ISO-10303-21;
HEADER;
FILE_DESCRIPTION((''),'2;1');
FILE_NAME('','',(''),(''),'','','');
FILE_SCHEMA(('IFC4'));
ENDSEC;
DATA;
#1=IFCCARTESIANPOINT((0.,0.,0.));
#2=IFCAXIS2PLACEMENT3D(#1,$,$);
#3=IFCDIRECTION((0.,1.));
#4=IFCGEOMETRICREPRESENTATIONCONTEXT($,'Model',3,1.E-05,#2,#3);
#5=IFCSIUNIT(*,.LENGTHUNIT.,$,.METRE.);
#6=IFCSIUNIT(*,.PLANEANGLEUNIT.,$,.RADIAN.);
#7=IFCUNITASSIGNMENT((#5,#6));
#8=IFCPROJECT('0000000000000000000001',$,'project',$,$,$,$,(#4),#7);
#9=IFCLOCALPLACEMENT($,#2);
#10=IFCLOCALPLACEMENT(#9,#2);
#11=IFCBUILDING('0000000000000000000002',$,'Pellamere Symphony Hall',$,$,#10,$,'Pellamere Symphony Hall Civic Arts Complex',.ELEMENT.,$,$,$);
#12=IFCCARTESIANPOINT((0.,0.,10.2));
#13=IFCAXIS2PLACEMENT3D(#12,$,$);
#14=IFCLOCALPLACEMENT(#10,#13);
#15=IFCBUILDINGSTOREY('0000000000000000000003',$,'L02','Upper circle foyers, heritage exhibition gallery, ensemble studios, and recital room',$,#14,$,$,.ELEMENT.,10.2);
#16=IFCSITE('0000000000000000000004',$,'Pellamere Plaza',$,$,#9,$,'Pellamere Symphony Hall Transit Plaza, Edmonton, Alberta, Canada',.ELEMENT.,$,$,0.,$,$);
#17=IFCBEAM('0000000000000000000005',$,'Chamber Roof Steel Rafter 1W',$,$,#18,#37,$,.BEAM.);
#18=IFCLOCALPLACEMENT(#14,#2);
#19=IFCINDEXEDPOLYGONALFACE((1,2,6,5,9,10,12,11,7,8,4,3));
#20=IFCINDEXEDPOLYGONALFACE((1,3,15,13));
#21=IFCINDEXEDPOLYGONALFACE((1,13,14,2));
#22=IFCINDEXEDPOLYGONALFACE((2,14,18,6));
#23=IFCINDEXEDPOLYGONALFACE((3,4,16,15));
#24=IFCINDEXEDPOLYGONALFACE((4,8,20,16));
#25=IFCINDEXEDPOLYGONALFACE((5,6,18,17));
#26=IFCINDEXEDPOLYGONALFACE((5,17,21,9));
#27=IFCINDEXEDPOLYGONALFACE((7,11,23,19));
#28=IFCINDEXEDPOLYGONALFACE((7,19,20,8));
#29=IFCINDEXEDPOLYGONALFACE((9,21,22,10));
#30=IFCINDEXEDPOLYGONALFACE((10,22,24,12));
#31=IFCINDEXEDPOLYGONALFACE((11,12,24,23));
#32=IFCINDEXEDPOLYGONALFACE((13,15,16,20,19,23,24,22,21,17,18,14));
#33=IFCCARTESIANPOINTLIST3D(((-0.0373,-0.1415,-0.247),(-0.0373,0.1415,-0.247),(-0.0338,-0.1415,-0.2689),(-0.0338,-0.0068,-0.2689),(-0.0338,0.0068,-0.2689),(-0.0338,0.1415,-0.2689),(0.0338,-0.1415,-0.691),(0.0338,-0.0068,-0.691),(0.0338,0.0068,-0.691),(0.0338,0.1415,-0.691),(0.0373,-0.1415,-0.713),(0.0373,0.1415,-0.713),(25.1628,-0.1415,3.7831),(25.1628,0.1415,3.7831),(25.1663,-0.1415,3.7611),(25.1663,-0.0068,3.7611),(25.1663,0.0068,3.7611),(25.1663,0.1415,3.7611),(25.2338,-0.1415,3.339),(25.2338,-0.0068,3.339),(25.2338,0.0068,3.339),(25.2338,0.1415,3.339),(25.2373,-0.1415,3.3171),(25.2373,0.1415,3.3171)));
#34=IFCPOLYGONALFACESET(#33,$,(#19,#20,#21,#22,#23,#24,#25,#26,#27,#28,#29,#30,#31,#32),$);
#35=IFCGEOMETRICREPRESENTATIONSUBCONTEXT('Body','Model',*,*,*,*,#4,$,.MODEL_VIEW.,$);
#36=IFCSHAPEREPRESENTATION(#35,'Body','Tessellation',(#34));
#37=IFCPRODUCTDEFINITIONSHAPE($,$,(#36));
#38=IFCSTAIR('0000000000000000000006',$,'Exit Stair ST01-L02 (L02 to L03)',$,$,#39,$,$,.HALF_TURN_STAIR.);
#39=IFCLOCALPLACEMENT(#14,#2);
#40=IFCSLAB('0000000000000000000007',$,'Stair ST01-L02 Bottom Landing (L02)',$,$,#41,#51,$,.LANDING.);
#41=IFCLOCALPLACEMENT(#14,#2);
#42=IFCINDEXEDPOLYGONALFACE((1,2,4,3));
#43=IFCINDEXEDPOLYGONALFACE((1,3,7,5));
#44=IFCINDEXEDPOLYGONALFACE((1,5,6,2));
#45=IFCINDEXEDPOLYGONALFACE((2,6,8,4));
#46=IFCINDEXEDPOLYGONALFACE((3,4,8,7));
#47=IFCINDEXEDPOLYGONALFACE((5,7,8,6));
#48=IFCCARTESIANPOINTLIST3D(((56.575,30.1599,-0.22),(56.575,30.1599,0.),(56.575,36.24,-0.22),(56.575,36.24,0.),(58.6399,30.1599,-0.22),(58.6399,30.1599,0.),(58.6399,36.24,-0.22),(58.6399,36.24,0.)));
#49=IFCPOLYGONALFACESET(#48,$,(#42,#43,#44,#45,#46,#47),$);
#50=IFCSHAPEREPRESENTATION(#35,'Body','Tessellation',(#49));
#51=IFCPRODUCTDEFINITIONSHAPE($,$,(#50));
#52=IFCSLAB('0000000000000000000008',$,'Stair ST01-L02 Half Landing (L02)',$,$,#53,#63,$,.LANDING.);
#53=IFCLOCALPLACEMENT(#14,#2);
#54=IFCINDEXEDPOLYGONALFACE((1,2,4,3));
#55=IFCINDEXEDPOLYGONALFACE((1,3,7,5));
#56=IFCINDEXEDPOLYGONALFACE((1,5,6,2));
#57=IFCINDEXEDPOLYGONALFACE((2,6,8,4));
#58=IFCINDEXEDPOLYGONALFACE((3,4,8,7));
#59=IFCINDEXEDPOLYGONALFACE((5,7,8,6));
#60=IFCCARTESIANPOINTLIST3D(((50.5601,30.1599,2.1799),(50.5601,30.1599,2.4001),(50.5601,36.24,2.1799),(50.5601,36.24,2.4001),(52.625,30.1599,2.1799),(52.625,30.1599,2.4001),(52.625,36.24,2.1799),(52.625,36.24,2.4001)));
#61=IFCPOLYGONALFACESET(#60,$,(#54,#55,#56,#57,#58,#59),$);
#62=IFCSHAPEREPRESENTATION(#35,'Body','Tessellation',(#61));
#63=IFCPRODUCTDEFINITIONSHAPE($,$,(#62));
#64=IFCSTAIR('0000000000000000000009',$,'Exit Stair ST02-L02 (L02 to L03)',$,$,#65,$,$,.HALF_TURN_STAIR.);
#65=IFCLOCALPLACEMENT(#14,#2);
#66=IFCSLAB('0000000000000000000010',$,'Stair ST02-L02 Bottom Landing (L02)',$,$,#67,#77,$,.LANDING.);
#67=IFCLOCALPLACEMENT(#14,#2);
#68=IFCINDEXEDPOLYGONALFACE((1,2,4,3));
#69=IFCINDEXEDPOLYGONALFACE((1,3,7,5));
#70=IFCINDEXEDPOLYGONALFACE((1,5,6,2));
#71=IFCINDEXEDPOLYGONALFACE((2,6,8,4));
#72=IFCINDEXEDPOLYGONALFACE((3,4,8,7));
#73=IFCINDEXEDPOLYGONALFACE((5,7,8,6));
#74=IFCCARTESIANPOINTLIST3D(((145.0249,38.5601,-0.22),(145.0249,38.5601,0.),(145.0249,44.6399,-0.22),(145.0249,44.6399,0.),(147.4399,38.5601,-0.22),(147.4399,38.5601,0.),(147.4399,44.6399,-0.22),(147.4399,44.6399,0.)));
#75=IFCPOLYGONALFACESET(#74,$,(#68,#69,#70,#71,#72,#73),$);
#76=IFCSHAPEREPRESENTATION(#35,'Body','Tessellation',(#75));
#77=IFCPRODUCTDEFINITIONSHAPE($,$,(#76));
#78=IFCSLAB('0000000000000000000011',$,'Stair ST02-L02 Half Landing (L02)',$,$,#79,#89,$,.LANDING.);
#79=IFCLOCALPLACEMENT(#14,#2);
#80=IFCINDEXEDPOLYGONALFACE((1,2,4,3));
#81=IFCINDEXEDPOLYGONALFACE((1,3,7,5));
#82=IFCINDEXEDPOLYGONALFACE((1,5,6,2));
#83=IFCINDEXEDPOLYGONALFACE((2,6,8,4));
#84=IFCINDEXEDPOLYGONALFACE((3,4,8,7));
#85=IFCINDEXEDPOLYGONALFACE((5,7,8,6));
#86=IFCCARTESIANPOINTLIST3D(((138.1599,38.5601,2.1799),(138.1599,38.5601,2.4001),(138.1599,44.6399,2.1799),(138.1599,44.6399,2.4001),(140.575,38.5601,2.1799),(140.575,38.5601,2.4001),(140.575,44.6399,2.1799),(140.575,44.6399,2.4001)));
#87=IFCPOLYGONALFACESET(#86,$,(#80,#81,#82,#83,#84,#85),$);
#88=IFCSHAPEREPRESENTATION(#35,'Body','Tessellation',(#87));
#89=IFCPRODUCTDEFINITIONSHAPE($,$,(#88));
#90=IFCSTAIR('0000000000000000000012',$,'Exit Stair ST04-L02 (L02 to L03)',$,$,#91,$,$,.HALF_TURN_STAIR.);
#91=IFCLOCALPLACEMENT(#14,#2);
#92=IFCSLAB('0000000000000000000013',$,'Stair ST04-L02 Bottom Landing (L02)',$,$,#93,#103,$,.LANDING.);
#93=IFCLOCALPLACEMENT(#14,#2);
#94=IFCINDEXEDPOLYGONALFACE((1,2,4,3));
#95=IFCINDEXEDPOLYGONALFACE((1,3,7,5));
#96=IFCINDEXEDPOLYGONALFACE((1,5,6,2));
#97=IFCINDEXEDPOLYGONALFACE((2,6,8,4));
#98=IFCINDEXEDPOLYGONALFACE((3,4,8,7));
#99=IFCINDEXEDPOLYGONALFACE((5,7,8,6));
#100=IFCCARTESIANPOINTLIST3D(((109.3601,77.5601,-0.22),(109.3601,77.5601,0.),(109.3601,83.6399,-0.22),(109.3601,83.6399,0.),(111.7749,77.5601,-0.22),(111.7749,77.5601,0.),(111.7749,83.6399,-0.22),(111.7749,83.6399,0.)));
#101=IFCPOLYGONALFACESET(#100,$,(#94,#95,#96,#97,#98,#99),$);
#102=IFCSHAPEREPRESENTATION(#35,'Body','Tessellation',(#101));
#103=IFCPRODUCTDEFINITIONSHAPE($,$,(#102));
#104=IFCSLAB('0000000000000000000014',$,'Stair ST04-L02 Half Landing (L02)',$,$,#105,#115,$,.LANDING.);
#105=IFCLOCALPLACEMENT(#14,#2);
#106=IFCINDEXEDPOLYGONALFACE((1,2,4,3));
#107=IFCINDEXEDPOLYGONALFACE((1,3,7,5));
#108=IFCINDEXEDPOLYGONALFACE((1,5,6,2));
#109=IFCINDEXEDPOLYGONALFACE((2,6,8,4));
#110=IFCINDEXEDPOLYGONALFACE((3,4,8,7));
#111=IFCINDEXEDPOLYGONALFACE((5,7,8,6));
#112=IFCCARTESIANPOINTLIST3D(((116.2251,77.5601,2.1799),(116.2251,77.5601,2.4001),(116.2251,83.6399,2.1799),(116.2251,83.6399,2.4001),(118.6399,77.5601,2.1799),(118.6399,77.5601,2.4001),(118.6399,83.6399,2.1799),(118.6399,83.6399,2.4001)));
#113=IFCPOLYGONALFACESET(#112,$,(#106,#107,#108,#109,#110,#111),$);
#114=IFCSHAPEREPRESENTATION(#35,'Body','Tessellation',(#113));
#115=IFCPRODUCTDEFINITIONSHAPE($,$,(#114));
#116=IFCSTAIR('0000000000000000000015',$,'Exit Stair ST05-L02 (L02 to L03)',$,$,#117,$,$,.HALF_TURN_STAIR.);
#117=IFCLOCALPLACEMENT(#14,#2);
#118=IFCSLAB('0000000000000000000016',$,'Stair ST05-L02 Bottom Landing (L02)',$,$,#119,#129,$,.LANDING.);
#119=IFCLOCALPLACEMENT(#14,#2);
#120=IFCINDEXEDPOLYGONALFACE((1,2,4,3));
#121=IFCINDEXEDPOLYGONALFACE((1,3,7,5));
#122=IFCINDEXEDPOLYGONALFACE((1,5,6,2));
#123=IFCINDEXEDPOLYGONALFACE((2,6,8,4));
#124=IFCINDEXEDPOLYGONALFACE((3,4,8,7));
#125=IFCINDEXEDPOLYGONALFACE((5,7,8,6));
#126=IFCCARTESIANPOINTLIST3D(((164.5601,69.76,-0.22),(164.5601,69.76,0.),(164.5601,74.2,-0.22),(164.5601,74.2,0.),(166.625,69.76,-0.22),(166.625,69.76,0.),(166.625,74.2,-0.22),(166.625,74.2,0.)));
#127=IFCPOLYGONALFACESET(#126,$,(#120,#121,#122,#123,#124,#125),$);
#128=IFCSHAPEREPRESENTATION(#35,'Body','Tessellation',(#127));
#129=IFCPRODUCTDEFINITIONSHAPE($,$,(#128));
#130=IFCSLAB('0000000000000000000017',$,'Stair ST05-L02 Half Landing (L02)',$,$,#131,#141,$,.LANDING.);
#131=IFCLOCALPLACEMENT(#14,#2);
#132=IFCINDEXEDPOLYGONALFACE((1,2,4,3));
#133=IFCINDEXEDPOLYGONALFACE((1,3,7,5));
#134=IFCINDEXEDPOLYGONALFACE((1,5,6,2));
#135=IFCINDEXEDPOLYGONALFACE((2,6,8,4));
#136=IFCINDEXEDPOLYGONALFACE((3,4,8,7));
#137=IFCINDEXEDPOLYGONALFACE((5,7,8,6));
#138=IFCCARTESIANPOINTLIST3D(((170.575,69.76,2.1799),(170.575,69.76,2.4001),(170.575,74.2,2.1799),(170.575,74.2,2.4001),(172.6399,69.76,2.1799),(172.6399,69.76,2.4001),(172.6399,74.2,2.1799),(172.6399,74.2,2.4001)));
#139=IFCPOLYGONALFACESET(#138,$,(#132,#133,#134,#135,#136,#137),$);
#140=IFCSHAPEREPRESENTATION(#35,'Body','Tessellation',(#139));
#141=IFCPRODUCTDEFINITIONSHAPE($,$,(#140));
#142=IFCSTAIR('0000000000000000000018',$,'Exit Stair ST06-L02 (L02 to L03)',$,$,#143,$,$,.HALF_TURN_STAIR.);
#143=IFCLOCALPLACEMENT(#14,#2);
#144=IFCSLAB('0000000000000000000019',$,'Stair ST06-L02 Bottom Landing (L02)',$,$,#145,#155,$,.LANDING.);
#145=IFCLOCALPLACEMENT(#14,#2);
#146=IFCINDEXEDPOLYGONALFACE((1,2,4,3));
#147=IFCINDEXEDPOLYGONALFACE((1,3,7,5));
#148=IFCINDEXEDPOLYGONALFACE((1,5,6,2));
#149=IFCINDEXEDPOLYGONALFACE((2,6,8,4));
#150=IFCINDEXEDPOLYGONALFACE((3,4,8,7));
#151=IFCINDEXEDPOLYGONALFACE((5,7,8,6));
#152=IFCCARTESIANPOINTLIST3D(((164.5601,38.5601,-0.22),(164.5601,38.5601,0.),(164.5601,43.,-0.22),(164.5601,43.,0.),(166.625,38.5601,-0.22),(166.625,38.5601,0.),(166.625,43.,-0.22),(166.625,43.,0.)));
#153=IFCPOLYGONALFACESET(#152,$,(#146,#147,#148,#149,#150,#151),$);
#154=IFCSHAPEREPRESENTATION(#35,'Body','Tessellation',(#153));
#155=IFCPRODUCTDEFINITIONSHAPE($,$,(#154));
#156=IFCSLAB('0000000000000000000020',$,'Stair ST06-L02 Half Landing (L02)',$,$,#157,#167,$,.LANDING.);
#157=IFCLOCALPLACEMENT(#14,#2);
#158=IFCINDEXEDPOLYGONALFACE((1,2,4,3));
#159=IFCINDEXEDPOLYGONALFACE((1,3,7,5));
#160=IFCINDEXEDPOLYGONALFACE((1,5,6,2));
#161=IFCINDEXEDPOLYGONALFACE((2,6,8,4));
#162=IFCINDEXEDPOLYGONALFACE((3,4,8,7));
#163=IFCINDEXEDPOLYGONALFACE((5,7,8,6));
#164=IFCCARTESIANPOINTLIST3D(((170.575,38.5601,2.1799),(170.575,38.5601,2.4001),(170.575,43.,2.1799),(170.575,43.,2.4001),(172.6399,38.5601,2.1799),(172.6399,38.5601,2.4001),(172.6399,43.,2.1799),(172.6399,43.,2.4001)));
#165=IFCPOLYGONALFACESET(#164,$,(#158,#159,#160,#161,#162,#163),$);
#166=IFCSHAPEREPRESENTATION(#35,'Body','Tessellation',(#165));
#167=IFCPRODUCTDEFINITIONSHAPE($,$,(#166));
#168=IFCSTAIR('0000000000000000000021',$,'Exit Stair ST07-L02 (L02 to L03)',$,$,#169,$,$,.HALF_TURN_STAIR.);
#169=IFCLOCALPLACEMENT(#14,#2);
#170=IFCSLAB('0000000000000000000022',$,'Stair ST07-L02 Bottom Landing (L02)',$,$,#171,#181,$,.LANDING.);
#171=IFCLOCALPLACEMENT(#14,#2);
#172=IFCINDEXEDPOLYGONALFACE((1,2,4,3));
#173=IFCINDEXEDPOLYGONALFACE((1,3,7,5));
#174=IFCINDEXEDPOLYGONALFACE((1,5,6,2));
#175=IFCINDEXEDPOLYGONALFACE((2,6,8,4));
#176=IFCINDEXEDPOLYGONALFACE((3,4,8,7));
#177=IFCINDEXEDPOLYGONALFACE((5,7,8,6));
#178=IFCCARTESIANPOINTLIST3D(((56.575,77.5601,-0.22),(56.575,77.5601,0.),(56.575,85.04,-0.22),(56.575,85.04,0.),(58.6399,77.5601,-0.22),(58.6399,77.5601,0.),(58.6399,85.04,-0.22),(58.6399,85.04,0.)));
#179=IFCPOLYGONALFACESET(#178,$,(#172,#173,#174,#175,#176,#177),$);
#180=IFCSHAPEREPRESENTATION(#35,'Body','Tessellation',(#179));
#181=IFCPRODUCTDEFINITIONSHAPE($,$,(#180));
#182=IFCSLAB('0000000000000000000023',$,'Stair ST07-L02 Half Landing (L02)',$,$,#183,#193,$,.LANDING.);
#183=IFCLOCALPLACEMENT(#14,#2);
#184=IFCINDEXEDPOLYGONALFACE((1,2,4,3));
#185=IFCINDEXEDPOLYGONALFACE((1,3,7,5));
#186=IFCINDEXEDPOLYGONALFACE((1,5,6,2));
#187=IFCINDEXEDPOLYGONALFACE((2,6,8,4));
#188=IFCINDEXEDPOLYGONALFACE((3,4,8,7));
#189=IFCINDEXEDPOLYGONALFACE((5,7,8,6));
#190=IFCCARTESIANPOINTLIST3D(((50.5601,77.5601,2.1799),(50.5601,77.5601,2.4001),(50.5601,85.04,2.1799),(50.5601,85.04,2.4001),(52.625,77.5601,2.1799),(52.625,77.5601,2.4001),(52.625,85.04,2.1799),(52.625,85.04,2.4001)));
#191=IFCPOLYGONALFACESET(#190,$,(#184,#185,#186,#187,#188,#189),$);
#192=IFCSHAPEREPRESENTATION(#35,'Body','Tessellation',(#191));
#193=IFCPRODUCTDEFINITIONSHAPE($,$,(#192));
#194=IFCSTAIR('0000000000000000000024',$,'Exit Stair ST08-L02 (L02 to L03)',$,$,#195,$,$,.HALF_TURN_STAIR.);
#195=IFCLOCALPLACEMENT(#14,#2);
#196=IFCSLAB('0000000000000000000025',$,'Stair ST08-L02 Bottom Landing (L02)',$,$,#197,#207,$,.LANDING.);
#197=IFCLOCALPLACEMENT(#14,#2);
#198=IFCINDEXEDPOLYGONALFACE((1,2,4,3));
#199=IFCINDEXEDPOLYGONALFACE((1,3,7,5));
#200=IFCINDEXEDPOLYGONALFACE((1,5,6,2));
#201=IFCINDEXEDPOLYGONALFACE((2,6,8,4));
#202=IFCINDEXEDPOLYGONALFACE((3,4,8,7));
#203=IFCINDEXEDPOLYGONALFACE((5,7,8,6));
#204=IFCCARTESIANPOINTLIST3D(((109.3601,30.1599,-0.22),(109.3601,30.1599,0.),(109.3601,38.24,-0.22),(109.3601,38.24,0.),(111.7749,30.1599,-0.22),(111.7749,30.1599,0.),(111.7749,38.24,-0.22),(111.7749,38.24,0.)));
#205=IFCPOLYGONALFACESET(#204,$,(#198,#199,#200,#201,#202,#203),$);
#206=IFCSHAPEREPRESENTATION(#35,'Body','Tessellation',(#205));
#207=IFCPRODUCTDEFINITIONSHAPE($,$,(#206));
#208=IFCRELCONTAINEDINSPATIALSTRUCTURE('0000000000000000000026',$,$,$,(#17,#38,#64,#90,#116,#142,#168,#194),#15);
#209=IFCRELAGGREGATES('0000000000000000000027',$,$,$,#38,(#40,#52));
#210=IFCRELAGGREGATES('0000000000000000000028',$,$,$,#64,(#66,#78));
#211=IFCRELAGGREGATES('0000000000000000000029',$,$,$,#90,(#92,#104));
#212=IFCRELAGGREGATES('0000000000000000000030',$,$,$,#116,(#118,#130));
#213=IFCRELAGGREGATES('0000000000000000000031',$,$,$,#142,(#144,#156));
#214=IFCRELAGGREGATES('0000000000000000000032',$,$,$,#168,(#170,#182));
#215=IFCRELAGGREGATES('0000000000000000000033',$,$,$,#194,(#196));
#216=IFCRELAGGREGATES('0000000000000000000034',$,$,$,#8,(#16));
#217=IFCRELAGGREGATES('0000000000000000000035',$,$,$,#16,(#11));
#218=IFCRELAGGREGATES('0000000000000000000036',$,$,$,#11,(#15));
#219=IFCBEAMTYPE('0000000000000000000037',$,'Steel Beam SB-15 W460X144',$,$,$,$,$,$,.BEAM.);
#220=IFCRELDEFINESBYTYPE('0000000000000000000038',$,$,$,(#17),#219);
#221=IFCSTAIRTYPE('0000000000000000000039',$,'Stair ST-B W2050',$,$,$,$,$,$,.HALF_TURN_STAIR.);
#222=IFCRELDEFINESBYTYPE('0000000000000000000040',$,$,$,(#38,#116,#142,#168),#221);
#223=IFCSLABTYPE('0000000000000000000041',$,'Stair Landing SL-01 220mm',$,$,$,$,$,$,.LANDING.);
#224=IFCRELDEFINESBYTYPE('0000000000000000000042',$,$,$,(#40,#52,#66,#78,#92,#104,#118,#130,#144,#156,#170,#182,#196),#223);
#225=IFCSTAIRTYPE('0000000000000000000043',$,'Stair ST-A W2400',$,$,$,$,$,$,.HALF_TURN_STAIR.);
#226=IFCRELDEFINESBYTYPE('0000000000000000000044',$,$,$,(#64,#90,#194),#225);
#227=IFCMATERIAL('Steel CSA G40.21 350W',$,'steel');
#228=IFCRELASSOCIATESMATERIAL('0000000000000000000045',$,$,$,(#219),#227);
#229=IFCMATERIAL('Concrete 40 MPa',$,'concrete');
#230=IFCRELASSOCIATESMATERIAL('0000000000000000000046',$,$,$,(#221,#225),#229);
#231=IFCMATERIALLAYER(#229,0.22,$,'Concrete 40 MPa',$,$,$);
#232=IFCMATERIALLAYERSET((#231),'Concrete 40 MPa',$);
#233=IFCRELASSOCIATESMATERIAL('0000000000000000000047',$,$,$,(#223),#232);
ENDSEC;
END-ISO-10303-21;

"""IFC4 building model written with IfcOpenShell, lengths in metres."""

from ifc_helpers import new_model, si_unit, direction, frame, origin, origin_2d, place, context, subcontext, project, spatial, polyline, i_section, outline, extrude, material, layer, layer_set, material_profile, profile_set, type_object, element, aggregate, save


model = new_model("IFC4")

# Units and contexts
model_context = context("Model", 3, precision=1e-05, world=origin(), true_north=direction((0.0, 1.0)))
body_context = subcontext(model_context, "Body", "Model", "MODEL_VIEW")
ifc_project = project(units=[si_unit("LENGTHUNIT", "METRE"), si_unit("PLANEANGLEUNIT", "RADIAN")], contexts=[model_context])

# Site, building, storey
site_placement = place(None, origin())
site = spatial("IfcSite", under=ifc_project, at=site_placement, Name="Pellamere Plaza", LongName="Pellamere Symphony Hall Transit Plaza, Edmonton, Alberta, Canada", CompositionType="ELEMENT", RefElevation=0.0)
building_placement = place(site_placement, origin())
building = spatial("IfcBuilding", under=site, at=building_placement, Name="Pellamere Symphony Hall", LongName="Pellamere Symphony Hall Civic Arts Complex", CompositionType="ELEMENT")
storey_placement = place(building_placement, frame((0.0, 0.0, 10.2)))
storey = spatial("IfcBuildingStorey", under=building, at=storey_placement, Name="L02", Description="Upper circle foyers, heritage exhibition gallery, ensemble studios, and recital room", CompositionType="ELEMENT", Elevation=10.2)

# Beam
ifc_material_1 = material(Name="Steel CSA G40.21 350W", Category="steel")
ifc_material_profile = material_profile(ifc_material_1, i_section(OverallWidth=0.283, OverallDepth=0.4719, WebThickness=0.0137, FlangeThickness=0.0222, at=origin_2d()), Name="W460X144")
ifc_profile_set = profile_set([ifc_material_profile], Name="Steel CSA G40.21 350W")
beam_type = type_object("IfcBeamType", Name="Steel Beam SB-15 W460X144", PredefinedType="BEAM", material=ifc_profile_set)
beam_placement = place(storey_placement, frame((0.0, 0.0, -0.48), z_axis=(0.987453, 0.0, 0.157916), x_axis=(0.0, 1.0, 0.0)))
element("IfcBeam", 1, at=beam_placement, inside=storey, type_object=beam_type, Name="Chamber Roof Steel Rafter 1W", PredefinedType="BEAM", context=body_context, shape_type="SweptSolid", body=[
    extrude(i_section(OverallWidth=0.283, OverallDepth=0.4719, WebThickness=0.0137, FlangeThickness=0.0222, at=origin_2d()), origin(), (0.0, 0.0, 1.0), 25.5203),
])

# Stairs, slabs
ifc_material_2 = material(Name="Concrete 40 MPa", Category="concrete")
stair_type_1 = type_object("IfcStairType", Name="Stair ST-B W2050", PredefinedType="HALF_TURN_STAIR", material=ifc_material_2)
stair_1_placement = place(storey_placement, origin())
stair_1 = element("IfcStair", 2, at=stair_1_placement, inside=storey, type_object=stair_type_1, Name="Exit Stair ST01-L02 (L02 to L03)", PredefinedType="HALF_TURN_STAIR")
ifc_layer_1 = layer(ifc_material_2, 0.22, Name="Concrete 40 MPa")
ifc_layer_set_1 = layer_set([ifc_layer_1], Name="Concrete 40 MPa")
slab_type_1 = type_object("IfcSlabType", Name="Stair Landing SL-01 220mm", PredefinedType="LANDING", material=ifc_layer_set_1)
slab_1_placement = place(storey_placement, frame((0.0, 0.0, -0.22)))
slab_1 = element("IfcSlab", 3, at=slab_1_placement, type_object=slab_type_1, Name="Stair ST01-L02 Bottom Landing (L02)", PredefinedType="LANDING", context=body_context, shape_type="SweptSolid", body=[
    extrude(outline(polyline([(56.575, 30.1599), (58.6399, 30.1599), (58.6399, 36.24), (56.575, 36.24), (56.575, 30.1599)])), origin(), (0.0, 0.0, 1.0), 0.22),
])
slab_2_placement = place(storey_placement, frame((0.0, 0.0, 2.1799)))
slab_2 = element("IfcSlab", 4, at=slab_2_placement, type_object=slab_type_1, Name="Stair ST01-L02 Half Landing (L02)", PredefinedType="LANDING", context=body_context, shape_type="SweptSolid", body=[
    extrude(outline(polyline([(50.5601, 30.1599), (52.625, 30.1599), (52.625, 36.24), (50.5601, 36.24), (50.5601, 30.1599)])), origin(), (0.0, 0.0, 1.0), 0.2202),
])
aggregate(stair_1, [slab_1, slab_2])
stair_type_2 = type_object("IfcStairType", Name="Stair ST-A W2400", PredefinedType="HALF_TURN_STAIR", material=ifc_material_2)
stair_2_placement = place(storey_placement, origin())
stair_2 = element("IfcStair", 5, at=stair_2_placement, inside=storey, type_object=stair_type_2, Name="Exit Stair ST02-L02 (L02 to L03)", PredefinedType="HALF_TURN_STAIR")
slab_3_placement = place(storey_placement, frame((0.0, 0.0, -0.22)))
slab_3 = element("IfcSlab", 6, at=slab_3_placement, type_object=slab_type_1, Name="Stair ST02-L02 Bottom Landing (L02)", PredefinedType="LANDING", context=body_context, shape_type="SweptSolid", body=[
    extrude(outline(polyline([(145.0249, 38.5601), (147.4399, 38.5601), (147.4399, 44.6399), (145.0249, 44.6399), (145.0249, 38.5601)])), origin(), (0.0, 0.0, 1.0), 0.22),
])
slab_4_placement = place(storey_placement, frame((0.0, 0.0, 2.1799)))
slab_4 = element("IfcSlab", 7, at=slab_4_placement, type_object=slab_type_1, Name="Stair ST02-L02 Half Landing (L02)", PredefinedType="LANDING", context=body_context, shape_type="SweptSolid", body=[
    extrude(outline(polyline([(138.1599, 38.5601), (140.575, 38.5601), (140.575, 44.6399), (138.1599, 44.6399), (138.1599, 38.5601)])), origin(), (0.0, 0.0, 1.0), 0.2202),
])
aggregate(stair_2, [slab_3, slab_4])
stair_3_placement = place(storey_placement, origin())
stair_3 = element("IfcStair", 8, at=stair_3_placement, inside=storey, type_object=stair_type_2, Name="Exit Stair ST04-L02 (L02 to L03)", PredefinedType="HALF_TURN_STAIR")
slab_5_placement = place(storey_placement, frame((0.0, 0.0, -0.22)))
slab_5 = element("IfcSlab", 9, at=slab_5_placement, type_object=slab_type_1, Name="Stair ST04-L02 Bottom Landing (L02)", PredefinedType="LANDING", context=body_context, shape_type="SweptSolid", body=[
    extrude(outline(polyline([(109.3601, 77.5601), (111.7749, 77.5601), (111.7749, 83.6399), (109.3601, 83.6399), (109.3601, 77.5601)])), origin(), (0.0, 0.0, 1.0), 0.22),
])
slab_6_placement = place(storey_placement, frame((0.0, 0.0, 2.1799)))
slab_6 = element("IfcSlab", 10, at=slab_6_placement, type_object=slab_type_1, Name="Stair ST04-L02 Half Landing (L02)", PredefinedType="LANDING", context=body_context, shape_type="SweptSolid", body=[
    extrude(outline(polyline([(116.2251, 77.5601), (118.6399, 77.5601), (118.6399, 83.6399), (116.2251, 83.6399), (116.2251, 77.5601)])), origin(), (0.0, 0.0, 1.0), 0.2202),
])
aggregate(stair_3, [slab_5, slab_6])
stair_4_placement = place(storey_placement, origin())
stair_4 = element("IfcStair", 11, at=stair_4_placement, inside=storey, type_object=stair_type_1, Name="Exit Stair ST05-L02 (L02 to L03)", PredefinedType="HALF_TURN_STAIR")
slab_7_placement = place(storey_placement, frame((0.0, 0.0, -0.22)))
slab_7 = element("IfcSlab", 12, at=slab_7_placement, type_object=slab_type_1, Name="Stair ST05-L02 Bottom Landing (L02)", PredefinedType="LANDING", context=body_context, shape_type="SweptSolid", body=[
    extrude(outline(polyline([(164.5601, 69.76), (166.625, 69.76), (166.625, 74.2), (164.5601, 74.2), (164.5601, 69.76)])), origin(), (0.0, 0.0, 1.0), 0.22),
])
slab_8_placement = place(storey_placement, frame((0.0, 0.0, 2.1799)))
slab_8 = element("IfcSlab", 13, at=slab_8_placement, type_object=slab_type_1, Name="Stair ST05-L02 Half Landing (L02)", PredefinedType="LANDING", context=body_context, shape_type="SweptSolid", body=[
    extrude(outline(polyline([(170.575, 69.76), (172.6399, 69.76), (172.6399, 74.2), (170.575, 74.2), (170.575, 69.76)])), origin(), (0.0, 0.0, 1.0), 0.2202),
])
aggregate(stair_4, [slab_7, slab_8])
stair_5_placement = place(storey_placement, origin())
stair_5 = element("IfcStair", 14, at=stair_5_placement, inside=storey, type_object=stair_type_1, Name="Exit Stair ST06-L02 (L02 to L03)", PredefinedType="HALF_TURN_STAIR")
slab_9_placement = place(storey_placement, frame((0.0, 0.0, -0.22)))
slab_9 = element("IfcSlab", 15, at=slab_9_placement, type_object=slab_type_1, Name="Stair ST06-L02 Bottom Landing (L02)", PredefinedType="LANDING", context=body_context, shape_type="SweptSolid", body=[
    extrude(outline(polyline([(164.5601, 38.5601), (166.625, 38.5601), (166.625, 43.0), (164.5601, 43.0), (164.5601, 38.5601)])), origin(), (0.0, 0.0, 1.0), 0.22),
])
slab_10_placement = place(storey_placement, frame((0.0, 0.0, 2.1799)))
slab_10 = element("IfcSlab", 16, at=slab_10_placement, type_object=slab_type_1, Name="Stair ST06-L02 Half Landing (L02)", PredefinedType="LANDING", context=body_context, shape_type="SweptSolid", body=[
    extrude(outline(polyline([(170.575, 38.5601), (172.6399, 38.5601), (172.6399, 43.0), (170.575, 43.0), (170.575, 38.5601)])), origin(), (0.0, 0.0, 1.0), 0.2202),
])
aggregate(stair_5, [slab_9, slab_10])
stair_6_placement = place(storey_placement, origin())
stair_6 = element("IfcStair", 17, at=stair_6_placement, inside=storey, type_object=stair_type_1, Name="Exit Stair ST07-L02 (L02 to L03)", PredefinedType="HALF_TURN_STAIR")
slab_11_placement = place(storey_placement, frame((0.0, 0.0, -0.22)))
slab_11 = element("IfcSlab", 18, at=slab_11_placement, type_object=slab_type_1, Name="Stair ST07-L02 Bottom Landing (L02)", PredefinedType="LANDING", context=body_context, shape_type="SweptSolid", body=[
    extrude(outline(polyline([(56.575, 77.5601), (58.6399, 77.5601), (58.6399, 85.04), (56.575, 85.04), (56.575, 77.5601)])), origin(), (0.0, 0.0, 1.0), 0.22),
])
slab_12_placement = place(storey_placement, frame((0.0, 0.0, 2.1799)))
slab_12 = element("IfcSlab", 19, at=slab_12_placement, type_object=slab_type_1, Name="Stair ST07-L02 Half Landing (L02)", PredefinedType="LANDING", context=body_context, shape_type="SweptSolid", body=[
    extrude(outline(polyline([(50.5601, 77.5601), (52.625, 77.5601), (52.625, 85.04), (50.5601, 85.04), (50.5601, 77.5601)])), origin(), (0.0, 0.0, 1.0), 0.2202),
])
aggregate(stair_6, [slab_11, slab_12])
stair_7_placement = place(storey_placement, origin())
stair_7 = element("IfcStair", 20, at=stair_7_placement, inside=storey, type_object=stair_type_2, Name="Exit Stair ST08-L02 (L02 to L03)", PredefinedType="HALF_TURN_STAIR")
slab_13_placement = place(storey_placement, frame((0.0, 0.0, -0.22)))
slab_13 = element("IfcSlab", 21, at=slab_13_placement, type_object=slab_type_1, Name="Stair ST08-L02 Bottom Landing (L02)", PredefinedType="LANDING", context=body_context, shape_type="SweptSolid", body=[
    extrude(outline(polyline([(109.3601, 30.1599), (111.7749, 30.1599), (111.7749, 38.24), (109.3601, 38.24), (109.3601, 30.1599)])), origin(), (0.0, 0.0, 1.0), 0.22),
])
aggregate(stair_7, [slab_13])

save(model, "model.ifc")
